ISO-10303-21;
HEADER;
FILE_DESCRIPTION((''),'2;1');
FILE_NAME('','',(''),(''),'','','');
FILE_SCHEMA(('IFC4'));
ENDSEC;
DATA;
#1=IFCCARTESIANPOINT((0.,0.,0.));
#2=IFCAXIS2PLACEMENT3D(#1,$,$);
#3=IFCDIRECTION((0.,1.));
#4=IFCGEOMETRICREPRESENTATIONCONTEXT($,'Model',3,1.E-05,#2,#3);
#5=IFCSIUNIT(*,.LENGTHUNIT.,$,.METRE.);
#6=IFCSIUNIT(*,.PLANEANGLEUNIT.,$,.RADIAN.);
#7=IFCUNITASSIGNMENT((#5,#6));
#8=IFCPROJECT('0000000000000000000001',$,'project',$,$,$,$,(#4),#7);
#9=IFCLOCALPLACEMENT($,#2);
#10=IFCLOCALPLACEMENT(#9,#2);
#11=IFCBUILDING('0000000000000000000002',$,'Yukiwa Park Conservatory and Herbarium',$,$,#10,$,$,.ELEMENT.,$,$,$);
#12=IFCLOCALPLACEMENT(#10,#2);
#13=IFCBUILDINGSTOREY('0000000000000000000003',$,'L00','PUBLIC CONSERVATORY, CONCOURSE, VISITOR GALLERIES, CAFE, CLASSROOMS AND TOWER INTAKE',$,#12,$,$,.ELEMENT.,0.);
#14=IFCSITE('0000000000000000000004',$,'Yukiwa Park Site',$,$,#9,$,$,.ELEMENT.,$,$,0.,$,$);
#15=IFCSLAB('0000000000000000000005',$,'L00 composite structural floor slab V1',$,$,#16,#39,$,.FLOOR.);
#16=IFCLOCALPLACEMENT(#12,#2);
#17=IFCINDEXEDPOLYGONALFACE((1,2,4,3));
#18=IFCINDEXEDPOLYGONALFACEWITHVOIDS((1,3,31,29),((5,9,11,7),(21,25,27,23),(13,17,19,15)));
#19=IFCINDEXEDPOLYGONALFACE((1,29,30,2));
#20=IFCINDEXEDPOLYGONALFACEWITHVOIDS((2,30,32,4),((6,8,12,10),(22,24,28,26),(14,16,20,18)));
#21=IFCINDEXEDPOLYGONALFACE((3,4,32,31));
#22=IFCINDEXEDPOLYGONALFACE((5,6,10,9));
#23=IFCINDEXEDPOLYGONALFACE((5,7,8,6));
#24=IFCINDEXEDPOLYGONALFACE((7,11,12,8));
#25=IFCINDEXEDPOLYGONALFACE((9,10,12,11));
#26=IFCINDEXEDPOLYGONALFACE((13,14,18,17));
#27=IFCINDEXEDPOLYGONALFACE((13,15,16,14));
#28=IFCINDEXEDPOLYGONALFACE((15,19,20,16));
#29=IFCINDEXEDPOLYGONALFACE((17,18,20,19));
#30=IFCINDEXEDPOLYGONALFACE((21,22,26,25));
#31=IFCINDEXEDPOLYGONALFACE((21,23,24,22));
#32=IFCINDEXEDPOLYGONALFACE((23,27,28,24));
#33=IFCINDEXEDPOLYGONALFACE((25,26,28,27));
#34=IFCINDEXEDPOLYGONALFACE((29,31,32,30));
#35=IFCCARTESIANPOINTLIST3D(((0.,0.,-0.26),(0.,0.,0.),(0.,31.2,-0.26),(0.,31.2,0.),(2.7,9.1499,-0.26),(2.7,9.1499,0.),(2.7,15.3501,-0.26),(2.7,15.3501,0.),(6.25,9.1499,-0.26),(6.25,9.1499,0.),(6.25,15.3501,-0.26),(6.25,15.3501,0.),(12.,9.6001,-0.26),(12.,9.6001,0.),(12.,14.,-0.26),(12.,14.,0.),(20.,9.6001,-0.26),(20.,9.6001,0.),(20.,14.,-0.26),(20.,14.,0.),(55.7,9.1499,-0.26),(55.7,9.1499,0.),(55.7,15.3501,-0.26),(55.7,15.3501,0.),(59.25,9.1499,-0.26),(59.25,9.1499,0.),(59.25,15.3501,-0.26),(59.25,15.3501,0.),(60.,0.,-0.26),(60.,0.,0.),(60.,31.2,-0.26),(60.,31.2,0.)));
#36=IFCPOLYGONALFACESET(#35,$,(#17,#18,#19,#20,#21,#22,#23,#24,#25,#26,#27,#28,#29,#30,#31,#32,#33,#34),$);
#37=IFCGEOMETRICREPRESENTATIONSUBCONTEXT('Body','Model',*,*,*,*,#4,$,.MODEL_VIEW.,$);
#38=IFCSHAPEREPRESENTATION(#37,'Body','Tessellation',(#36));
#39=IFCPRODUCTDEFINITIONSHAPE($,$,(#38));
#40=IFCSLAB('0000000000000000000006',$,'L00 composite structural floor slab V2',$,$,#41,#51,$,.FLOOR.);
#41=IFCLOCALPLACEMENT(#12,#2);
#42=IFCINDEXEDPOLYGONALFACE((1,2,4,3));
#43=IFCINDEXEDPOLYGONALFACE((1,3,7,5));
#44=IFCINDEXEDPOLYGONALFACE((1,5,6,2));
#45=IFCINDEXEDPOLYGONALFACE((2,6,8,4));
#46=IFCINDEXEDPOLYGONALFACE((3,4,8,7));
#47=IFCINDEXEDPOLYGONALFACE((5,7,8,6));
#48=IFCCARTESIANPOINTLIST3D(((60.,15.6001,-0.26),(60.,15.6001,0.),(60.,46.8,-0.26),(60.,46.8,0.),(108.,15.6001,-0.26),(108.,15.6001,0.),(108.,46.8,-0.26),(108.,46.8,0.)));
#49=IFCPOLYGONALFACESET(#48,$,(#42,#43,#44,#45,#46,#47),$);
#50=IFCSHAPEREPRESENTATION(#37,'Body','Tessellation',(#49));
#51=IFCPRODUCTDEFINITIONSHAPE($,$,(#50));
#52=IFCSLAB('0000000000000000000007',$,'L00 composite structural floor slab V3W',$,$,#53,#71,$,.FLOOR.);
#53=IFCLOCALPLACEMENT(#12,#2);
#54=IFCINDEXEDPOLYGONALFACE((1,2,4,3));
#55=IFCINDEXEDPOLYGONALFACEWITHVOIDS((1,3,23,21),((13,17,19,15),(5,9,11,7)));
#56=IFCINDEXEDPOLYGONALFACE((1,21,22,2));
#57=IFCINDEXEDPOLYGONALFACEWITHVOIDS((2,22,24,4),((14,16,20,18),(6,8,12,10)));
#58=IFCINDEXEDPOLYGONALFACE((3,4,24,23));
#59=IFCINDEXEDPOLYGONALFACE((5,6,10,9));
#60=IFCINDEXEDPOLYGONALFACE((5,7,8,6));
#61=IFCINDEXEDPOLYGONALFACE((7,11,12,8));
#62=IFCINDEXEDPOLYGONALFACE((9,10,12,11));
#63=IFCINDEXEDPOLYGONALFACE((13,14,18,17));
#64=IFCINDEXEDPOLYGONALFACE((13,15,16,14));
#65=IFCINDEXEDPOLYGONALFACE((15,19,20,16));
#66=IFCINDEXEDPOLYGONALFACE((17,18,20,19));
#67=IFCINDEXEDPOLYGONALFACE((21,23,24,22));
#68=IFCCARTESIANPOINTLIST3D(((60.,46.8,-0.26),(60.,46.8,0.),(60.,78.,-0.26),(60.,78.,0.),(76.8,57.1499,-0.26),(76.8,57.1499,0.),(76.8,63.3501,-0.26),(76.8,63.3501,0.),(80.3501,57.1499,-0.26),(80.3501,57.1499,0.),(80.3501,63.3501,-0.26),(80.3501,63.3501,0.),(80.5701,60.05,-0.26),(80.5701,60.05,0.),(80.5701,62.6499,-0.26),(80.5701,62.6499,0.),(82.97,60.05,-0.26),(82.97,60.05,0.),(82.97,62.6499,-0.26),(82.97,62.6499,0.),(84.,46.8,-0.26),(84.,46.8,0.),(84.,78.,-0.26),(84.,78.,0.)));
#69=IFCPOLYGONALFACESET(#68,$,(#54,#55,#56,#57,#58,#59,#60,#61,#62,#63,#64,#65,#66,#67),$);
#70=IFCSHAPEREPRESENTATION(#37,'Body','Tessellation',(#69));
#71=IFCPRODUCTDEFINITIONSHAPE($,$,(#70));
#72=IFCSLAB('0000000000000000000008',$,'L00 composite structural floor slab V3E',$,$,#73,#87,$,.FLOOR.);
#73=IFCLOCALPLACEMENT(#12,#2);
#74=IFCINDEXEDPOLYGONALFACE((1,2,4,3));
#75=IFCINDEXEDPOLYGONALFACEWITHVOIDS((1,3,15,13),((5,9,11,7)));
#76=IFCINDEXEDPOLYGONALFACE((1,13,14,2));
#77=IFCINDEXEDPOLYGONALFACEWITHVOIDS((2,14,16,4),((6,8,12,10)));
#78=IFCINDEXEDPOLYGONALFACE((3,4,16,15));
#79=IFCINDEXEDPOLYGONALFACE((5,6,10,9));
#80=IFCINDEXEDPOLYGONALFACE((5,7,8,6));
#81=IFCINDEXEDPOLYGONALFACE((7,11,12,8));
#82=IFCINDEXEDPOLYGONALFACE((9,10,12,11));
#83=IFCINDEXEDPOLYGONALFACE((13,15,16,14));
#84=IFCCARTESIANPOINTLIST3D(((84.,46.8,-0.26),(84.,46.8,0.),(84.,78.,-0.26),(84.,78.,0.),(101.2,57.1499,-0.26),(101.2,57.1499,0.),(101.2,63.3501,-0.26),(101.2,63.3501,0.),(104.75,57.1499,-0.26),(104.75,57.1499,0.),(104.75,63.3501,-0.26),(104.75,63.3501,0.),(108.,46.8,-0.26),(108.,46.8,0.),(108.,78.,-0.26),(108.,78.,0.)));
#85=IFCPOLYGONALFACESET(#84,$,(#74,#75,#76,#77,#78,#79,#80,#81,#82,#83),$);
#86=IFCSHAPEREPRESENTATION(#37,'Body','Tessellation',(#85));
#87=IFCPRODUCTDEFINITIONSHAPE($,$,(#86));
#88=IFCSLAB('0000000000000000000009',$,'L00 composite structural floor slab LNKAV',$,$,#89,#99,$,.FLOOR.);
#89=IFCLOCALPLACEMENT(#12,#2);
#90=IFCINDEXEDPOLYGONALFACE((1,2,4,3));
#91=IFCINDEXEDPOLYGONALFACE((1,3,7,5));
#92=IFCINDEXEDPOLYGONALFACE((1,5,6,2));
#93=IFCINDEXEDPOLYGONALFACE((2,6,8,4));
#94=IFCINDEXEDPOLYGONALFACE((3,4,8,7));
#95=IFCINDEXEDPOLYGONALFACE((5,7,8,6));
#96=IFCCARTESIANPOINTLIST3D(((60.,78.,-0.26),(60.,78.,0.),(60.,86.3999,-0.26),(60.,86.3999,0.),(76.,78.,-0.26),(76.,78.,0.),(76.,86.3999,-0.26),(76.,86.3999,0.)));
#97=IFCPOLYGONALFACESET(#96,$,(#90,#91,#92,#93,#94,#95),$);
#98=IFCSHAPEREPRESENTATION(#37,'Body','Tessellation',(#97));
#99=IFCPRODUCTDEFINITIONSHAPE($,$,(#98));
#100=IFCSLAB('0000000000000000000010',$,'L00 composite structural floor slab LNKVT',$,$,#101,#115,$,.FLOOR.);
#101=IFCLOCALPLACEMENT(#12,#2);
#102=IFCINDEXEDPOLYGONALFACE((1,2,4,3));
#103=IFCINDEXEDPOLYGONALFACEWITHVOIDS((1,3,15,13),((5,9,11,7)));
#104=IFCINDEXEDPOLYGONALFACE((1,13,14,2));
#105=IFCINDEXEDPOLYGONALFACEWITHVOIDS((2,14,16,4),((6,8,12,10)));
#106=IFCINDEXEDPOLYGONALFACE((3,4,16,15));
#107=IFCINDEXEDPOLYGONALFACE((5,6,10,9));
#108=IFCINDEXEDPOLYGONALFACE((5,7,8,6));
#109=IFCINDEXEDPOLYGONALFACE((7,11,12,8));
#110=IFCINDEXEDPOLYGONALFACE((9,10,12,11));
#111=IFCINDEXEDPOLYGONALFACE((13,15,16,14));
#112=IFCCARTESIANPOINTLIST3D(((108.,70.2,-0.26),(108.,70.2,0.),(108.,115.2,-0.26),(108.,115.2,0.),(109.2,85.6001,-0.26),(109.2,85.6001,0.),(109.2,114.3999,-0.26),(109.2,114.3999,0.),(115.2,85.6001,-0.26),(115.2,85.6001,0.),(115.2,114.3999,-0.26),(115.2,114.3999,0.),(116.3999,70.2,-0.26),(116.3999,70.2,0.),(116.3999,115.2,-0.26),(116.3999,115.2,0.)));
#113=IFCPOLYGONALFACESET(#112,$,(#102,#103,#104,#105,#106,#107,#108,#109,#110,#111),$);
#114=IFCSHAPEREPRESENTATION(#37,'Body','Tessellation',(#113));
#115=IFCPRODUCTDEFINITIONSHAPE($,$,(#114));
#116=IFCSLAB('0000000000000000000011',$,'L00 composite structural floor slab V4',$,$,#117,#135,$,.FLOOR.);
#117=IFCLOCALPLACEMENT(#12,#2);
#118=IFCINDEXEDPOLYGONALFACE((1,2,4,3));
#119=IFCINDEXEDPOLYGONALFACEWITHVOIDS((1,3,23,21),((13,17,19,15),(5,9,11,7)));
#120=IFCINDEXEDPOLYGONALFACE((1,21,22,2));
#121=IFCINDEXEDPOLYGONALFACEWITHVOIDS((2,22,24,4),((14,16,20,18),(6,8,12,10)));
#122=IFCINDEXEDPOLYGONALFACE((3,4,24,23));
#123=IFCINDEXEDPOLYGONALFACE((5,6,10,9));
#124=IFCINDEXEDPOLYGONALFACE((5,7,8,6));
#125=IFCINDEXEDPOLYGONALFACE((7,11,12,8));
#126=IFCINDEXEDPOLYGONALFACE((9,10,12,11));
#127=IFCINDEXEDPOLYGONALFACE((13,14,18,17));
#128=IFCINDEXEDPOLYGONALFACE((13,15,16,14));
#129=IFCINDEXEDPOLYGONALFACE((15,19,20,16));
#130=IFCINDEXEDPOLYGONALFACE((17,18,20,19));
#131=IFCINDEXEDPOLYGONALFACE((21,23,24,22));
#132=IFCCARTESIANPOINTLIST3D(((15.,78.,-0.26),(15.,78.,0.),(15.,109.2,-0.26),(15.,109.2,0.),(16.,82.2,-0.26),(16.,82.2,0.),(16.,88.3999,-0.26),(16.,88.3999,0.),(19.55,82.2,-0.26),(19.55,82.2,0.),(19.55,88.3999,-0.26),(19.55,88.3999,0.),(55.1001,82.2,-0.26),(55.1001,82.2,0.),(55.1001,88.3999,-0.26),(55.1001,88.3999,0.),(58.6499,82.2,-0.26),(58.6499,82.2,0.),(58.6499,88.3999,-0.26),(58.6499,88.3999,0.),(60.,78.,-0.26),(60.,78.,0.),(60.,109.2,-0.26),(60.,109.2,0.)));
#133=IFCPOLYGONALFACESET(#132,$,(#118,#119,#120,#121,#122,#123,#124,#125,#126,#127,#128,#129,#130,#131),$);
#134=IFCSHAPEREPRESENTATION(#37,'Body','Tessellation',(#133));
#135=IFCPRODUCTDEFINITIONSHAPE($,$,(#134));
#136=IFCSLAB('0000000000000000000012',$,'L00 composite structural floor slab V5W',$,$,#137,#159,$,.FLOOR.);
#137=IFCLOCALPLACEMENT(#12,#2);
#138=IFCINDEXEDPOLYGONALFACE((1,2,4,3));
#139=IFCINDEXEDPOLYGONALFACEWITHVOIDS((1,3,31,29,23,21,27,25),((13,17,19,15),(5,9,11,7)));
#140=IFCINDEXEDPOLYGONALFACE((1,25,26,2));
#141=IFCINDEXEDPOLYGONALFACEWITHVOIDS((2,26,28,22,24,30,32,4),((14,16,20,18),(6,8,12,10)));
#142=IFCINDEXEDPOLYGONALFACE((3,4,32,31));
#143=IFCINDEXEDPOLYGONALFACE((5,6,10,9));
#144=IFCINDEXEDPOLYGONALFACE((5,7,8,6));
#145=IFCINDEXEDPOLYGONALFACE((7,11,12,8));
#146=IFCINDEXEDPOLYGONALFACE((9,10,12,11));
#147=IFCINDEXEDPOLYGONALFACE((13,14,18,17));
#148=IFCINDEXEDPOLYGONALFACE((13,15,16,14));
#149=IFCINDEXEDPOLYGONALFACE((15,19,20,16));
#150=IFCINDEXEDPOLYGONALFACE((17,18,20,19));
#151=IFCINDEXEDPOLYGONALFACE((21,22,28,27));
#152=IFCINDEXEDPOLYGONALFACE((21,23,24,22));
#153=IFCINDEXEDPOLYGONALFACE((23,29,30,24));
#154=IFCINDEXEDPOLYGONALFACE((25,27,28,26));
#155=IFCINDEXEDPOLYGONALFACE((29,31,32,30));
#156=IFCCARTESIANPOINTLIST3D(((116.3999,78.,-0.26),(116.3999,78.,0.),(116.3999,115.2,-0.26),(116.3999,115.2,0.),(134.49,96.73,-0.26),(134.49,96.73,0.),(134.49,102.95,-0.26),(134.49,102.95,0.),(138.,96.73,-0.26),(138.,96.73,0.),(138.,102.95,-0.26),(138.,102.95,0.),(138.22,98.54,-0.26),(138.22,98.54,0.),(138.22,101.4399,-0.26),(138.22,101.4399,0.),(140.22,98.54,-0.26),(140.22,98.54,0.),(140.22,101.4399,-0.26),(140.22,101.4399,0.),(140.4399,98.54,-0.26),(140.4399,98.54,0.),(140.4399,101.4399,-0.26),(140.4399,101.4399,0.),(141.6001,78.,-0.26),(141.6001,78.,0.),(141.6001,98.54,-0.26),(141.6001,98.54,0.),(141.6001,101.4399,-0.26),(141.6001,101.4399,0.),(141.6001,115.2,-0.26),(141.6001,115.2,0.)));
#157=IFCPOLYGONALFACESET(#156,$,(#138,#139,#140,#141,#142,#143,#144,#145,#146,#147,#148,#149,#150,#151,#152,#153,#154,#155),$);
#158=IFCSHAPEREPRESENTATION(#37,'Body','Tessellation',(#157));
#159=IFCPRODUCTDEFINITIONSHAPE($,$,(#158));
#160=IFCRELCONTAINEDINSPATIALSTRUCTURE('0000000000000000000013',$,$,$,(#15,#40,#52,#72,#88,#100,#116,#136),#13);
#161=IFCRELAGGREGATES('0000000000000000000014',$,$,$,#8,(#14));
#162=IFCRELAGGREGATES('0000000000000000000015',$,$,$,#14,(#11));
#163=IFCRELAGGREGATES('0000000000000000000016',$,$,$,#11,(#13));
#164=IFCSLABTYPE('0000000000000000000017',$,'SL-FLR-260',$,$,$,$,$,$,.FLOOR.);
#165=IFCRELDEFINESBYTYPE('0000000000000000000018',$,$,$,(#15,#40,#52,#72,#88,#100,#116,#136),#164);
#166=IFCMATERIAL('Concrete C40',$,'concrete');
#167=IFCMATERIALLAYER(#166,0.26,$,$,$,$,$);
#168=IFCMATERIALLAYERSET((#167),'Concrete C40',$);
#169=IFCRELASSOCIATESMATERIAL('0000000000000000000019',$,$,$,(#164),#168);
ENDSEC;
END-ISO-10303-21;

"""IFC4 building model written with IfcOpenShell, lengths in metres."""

from ifc_helpers import new_model, si_unit, direction, frame, origin, place, context, subcontext, project, spatial, polyline, outline, extrude, material, layer, layer_set, type_object, element, save


model = new_model("IFC4")

# Units and contexts
model_context = context("Model", 3, precision=1e-05, world=origin(), true_north=direction((0.0, 1.0)))
body_context = subcontext(model_context, "Body", "Model", "MODEL_VIEW")
ifc_project = project(units=[si_unit("LENGTHUNIT", "METRE"), si_unit("PLANEANGLEUNIT", "RADIAN")], contexts=[model_context])

# Site, building, storey
site_placement = place(None, origin())
site = spatial("IfcSite", under=ifc_project, at=site_placement, Name="Yukiwa Park Site", CompositionType="ELEMENT", RefElevation=0.0)
building_placement = place(site_placement, origin())
building = spatial("IfcBuilding", under=site, at=building_placement, Name="Yukiwa Park Conservatory and Herbarium", CompositionType="ELEMENT")
storey_placement = place(building_placement, origin())
storey = spatial("IfcBuildingStorey", under=building, at=storey_placement, Name="L00", Description="PUBLIC CONSERVATORY, CONCOURSE, VISITOR GALLERIES, CAFE, CLASSROOMS AND TOWER INTAKE", CompositionType="ELEMENT", Elevation=0.0)

# Slabs
ifc_material_1 = material(Name="Concrete C40", Category="concrete")
ifc_layer_1 = layer(ifc_material_1, 0.26)
ifc_layer_set_1 = layer_set([ifc_layer_1], Name="Concrete C40")
slab_type_1 = type_object("IfcSlabType", Name="SL-FLR-260", PredefinedType="FLOOR", material=ifc_layer_set_1)
slab_1_placement = place(storey_placement, frame((0.0, 0.0, -0.26)))
element("IfcSlab", 1, at=slab_1_placement, inside=storey, type_object=slab_type_1, Name="L00 composite structural floor slab V1", PredefinedType="FLOOR", context=body_context, shape_type="SweptSolid", body=[
    extrude(outline(polyline([(0.0, 31.2), (60.0, 31.2), (60.0, 0.0), (0.0, 0.0), (0.0, 31.2)]), holes=[polyline([(12.0, 14.0), (12.0, 9.6001), (20.0, 9.6001), (20.0, 14.0), (12.0, 14.0)]), polyline([(6.25, 15.3501), (2.7, 15.3501), (2.7, 9.1499), (6.25, 9.1499), (6.25, 15.3501)]), polyline([(59.25, 15.3501), (55.7, 15.3501), (55.7, 9.1499), (59.25, 9.1499), (59.25, 15.3501)])]), origin(), (0.0, 0.0, 1.0), 0.26),
])
slab_2_placement = place(storey_placement, frame((0.0, 0.0, -0.26)))
element("IfcSlab", 2, at=slab_2_placement, inside=storey, type_object=slab_type_1, Name="L00 composite structural floor slab V2", PredefinedType="FLOOR", context=body_context, shape_type="SweptSolid", body=[
    extrude(outline(polyline([(60.0, 15.6001), (60.0, 46.8), (108.0, 46.8), (108.0, 15.6001), (60.0, 15.6001)])), origin(), (0.0, 0.0, 1.0), 0.26),
])
slab_3_placement = place(storey_placement, frame((0.0, 0.0, -0.26)))
element("IfcSlab", 3, at=slab_3_placement, inside=storey, type_object=slab_type_1, Name="L00 composite structural floor slab V3W", PredefinedType="FLOOR", context=body_context, shape_type="SweptSolid", body=[
    extrude(outline(polyline([(60.0, 46.8), (60.0, 78.0), (84.0, 78.0), (84.0, 46.8), (60.0, 46.8)]), holes=[polyline([(80.3501, 63.3501), (76.8, 63.3501), (76.8, 57.1499), (80.3501, 57.1499), (80.3501, 63.3501)]), polyline([(82.97, 62.6499), (80.5701, 62.6499), (80.5701, 60.05), (82.97, 60.05), (82.97, 62.6499)])]), origin(), (0.0, 0.0, 1.0), 0.26),
])
slab_4_placement = place(storey_placement, frame((0.0, 0.0, -0.26)))
element("IfcSlab", 4, at=slab_4_placement, inside=storey, type_object=slab_type_1, Name="L00 composite structural floor slab V3E", PredefinedType="FLOOR", context=body_context, shape_type="SweptSolid", body=[
    extrude(outline(polyline([(84.0, 46.8), (84.0, 78.0), (108.0, 78.0), (108.0, 46.8), (84.0, 46.8)]), holes=[polyline([(104.75, 63.3501), (101.2, 63.3501), (101.2, 57.1499), (104.75, 57.1499), (104.75, 63.3501)])]), origin(), (0.0, 0.0, 1.0), 0.26),
])
slab_5_placement = place(storey_placement, frame((0.0, 0.0, -0.26)))
element("IfcSlab", 5, at=slab_5_placement, inside=storey, type_object=slab_type_1, Name="L00 composite structural floor slab LNKAV", PredefinedType="FLOOR", context=body_context, shape_type="SweptSolid", body=[
    extrude(outline(polyline([(60.0, 78.0), (60.0, 86.3999), (76.0, 86.3999), (76.0, 78.0), (60.0, 78.0)])), origin(), (0.0, 0.0, 1.0), 0.26),
])
slab_6_placement = place(storey_placement, frame((0.0, 0.0, -0.26)))
element("IfcSlab", 6, at=slab_6_placement, inside=storey, type_object=slab_type_1, Name="L00 composite structural floor slab LNKVT", PredefinedType="FLOOR", context=body_context, shape_type="SweptSolid", body=[
    extrude(outline(polyline([(108.0, 70.2), (108.0, 115.2), (116.3999, 115.2), (116.3999, 70.2), (108.0, 70.2)]), holes=[polyline([(115.2, 85.6001), (115.2, 114.3999), (109.2, 114.3999), (109.2, 85.6001), (115.2, 85.6001)])]), origin(), (0.0, 0.0, 1.0), 0.26),
])
slab_7_placement = place(storey_placement, frame((0.0, 0.0, -0.26)))
element("IfcSlab", 7, at=slab_7_placement, inside=storey, type_object=slab_type_1, Name="L00 composite structural floor slab V4", PredefinedType="FLOOR", context=body_context, shape_type="SweptSolid", body=[
    extrude(outline(polyline([(15.0, 78.0), (15.0, 109.2), (60.0, 109.2), (60.0, 78.0), (15.0, 78.0)]), holes=[polyline([(19.55, 88.3999), (16.0, 88.3999), (16.0, 82.2), (19.55, 82.2), (19.55, 88.3999)]), polyline([(58.6499, 88.3999), (55.1001, 88.3999), (55.1001, 82.2), (58.6499, 82.2), (58.6499, 88.3999)])]), origin(), (0.0, 0.0, 1.0), 0.26),
])
slab_8_placement = place(storey_placement, frame((0.0, 0.0, -0.26)))
element("IfcSlab", 8, at=slab_8_placement, inside=storey, type_object=slab_type_1, Name="L00 composite structural floor slab V5W", PredefinedType="FLOOR", context=body_context, shape_type="SweptSolid", body=[
    extrude(outline(polyline([(141.6001, 78.0), (116.3999, 78.0), (116.3999, 115.2), (141.6001, 115.2), (141.6001, 101.4399), (140.4399, 101.4399), (140.4399, 98.54), (141.6001, 98.54), (141.6001, 78.0)]), holes=[polyline([(138.0, 96.73), (138.0, 102.95), (134.49, 102.95), (134.49, 96.73), (138.0, 96.73)]), polyline([(140.22, 101.4399), (138.22, 101.4399), (138.22, 98.54), (140.22, 98.54), (140.22, 101.4399)])]), origin(), (0.0, 0.0, 1.0), 0.26),
])

save(model, "model.ifc")
